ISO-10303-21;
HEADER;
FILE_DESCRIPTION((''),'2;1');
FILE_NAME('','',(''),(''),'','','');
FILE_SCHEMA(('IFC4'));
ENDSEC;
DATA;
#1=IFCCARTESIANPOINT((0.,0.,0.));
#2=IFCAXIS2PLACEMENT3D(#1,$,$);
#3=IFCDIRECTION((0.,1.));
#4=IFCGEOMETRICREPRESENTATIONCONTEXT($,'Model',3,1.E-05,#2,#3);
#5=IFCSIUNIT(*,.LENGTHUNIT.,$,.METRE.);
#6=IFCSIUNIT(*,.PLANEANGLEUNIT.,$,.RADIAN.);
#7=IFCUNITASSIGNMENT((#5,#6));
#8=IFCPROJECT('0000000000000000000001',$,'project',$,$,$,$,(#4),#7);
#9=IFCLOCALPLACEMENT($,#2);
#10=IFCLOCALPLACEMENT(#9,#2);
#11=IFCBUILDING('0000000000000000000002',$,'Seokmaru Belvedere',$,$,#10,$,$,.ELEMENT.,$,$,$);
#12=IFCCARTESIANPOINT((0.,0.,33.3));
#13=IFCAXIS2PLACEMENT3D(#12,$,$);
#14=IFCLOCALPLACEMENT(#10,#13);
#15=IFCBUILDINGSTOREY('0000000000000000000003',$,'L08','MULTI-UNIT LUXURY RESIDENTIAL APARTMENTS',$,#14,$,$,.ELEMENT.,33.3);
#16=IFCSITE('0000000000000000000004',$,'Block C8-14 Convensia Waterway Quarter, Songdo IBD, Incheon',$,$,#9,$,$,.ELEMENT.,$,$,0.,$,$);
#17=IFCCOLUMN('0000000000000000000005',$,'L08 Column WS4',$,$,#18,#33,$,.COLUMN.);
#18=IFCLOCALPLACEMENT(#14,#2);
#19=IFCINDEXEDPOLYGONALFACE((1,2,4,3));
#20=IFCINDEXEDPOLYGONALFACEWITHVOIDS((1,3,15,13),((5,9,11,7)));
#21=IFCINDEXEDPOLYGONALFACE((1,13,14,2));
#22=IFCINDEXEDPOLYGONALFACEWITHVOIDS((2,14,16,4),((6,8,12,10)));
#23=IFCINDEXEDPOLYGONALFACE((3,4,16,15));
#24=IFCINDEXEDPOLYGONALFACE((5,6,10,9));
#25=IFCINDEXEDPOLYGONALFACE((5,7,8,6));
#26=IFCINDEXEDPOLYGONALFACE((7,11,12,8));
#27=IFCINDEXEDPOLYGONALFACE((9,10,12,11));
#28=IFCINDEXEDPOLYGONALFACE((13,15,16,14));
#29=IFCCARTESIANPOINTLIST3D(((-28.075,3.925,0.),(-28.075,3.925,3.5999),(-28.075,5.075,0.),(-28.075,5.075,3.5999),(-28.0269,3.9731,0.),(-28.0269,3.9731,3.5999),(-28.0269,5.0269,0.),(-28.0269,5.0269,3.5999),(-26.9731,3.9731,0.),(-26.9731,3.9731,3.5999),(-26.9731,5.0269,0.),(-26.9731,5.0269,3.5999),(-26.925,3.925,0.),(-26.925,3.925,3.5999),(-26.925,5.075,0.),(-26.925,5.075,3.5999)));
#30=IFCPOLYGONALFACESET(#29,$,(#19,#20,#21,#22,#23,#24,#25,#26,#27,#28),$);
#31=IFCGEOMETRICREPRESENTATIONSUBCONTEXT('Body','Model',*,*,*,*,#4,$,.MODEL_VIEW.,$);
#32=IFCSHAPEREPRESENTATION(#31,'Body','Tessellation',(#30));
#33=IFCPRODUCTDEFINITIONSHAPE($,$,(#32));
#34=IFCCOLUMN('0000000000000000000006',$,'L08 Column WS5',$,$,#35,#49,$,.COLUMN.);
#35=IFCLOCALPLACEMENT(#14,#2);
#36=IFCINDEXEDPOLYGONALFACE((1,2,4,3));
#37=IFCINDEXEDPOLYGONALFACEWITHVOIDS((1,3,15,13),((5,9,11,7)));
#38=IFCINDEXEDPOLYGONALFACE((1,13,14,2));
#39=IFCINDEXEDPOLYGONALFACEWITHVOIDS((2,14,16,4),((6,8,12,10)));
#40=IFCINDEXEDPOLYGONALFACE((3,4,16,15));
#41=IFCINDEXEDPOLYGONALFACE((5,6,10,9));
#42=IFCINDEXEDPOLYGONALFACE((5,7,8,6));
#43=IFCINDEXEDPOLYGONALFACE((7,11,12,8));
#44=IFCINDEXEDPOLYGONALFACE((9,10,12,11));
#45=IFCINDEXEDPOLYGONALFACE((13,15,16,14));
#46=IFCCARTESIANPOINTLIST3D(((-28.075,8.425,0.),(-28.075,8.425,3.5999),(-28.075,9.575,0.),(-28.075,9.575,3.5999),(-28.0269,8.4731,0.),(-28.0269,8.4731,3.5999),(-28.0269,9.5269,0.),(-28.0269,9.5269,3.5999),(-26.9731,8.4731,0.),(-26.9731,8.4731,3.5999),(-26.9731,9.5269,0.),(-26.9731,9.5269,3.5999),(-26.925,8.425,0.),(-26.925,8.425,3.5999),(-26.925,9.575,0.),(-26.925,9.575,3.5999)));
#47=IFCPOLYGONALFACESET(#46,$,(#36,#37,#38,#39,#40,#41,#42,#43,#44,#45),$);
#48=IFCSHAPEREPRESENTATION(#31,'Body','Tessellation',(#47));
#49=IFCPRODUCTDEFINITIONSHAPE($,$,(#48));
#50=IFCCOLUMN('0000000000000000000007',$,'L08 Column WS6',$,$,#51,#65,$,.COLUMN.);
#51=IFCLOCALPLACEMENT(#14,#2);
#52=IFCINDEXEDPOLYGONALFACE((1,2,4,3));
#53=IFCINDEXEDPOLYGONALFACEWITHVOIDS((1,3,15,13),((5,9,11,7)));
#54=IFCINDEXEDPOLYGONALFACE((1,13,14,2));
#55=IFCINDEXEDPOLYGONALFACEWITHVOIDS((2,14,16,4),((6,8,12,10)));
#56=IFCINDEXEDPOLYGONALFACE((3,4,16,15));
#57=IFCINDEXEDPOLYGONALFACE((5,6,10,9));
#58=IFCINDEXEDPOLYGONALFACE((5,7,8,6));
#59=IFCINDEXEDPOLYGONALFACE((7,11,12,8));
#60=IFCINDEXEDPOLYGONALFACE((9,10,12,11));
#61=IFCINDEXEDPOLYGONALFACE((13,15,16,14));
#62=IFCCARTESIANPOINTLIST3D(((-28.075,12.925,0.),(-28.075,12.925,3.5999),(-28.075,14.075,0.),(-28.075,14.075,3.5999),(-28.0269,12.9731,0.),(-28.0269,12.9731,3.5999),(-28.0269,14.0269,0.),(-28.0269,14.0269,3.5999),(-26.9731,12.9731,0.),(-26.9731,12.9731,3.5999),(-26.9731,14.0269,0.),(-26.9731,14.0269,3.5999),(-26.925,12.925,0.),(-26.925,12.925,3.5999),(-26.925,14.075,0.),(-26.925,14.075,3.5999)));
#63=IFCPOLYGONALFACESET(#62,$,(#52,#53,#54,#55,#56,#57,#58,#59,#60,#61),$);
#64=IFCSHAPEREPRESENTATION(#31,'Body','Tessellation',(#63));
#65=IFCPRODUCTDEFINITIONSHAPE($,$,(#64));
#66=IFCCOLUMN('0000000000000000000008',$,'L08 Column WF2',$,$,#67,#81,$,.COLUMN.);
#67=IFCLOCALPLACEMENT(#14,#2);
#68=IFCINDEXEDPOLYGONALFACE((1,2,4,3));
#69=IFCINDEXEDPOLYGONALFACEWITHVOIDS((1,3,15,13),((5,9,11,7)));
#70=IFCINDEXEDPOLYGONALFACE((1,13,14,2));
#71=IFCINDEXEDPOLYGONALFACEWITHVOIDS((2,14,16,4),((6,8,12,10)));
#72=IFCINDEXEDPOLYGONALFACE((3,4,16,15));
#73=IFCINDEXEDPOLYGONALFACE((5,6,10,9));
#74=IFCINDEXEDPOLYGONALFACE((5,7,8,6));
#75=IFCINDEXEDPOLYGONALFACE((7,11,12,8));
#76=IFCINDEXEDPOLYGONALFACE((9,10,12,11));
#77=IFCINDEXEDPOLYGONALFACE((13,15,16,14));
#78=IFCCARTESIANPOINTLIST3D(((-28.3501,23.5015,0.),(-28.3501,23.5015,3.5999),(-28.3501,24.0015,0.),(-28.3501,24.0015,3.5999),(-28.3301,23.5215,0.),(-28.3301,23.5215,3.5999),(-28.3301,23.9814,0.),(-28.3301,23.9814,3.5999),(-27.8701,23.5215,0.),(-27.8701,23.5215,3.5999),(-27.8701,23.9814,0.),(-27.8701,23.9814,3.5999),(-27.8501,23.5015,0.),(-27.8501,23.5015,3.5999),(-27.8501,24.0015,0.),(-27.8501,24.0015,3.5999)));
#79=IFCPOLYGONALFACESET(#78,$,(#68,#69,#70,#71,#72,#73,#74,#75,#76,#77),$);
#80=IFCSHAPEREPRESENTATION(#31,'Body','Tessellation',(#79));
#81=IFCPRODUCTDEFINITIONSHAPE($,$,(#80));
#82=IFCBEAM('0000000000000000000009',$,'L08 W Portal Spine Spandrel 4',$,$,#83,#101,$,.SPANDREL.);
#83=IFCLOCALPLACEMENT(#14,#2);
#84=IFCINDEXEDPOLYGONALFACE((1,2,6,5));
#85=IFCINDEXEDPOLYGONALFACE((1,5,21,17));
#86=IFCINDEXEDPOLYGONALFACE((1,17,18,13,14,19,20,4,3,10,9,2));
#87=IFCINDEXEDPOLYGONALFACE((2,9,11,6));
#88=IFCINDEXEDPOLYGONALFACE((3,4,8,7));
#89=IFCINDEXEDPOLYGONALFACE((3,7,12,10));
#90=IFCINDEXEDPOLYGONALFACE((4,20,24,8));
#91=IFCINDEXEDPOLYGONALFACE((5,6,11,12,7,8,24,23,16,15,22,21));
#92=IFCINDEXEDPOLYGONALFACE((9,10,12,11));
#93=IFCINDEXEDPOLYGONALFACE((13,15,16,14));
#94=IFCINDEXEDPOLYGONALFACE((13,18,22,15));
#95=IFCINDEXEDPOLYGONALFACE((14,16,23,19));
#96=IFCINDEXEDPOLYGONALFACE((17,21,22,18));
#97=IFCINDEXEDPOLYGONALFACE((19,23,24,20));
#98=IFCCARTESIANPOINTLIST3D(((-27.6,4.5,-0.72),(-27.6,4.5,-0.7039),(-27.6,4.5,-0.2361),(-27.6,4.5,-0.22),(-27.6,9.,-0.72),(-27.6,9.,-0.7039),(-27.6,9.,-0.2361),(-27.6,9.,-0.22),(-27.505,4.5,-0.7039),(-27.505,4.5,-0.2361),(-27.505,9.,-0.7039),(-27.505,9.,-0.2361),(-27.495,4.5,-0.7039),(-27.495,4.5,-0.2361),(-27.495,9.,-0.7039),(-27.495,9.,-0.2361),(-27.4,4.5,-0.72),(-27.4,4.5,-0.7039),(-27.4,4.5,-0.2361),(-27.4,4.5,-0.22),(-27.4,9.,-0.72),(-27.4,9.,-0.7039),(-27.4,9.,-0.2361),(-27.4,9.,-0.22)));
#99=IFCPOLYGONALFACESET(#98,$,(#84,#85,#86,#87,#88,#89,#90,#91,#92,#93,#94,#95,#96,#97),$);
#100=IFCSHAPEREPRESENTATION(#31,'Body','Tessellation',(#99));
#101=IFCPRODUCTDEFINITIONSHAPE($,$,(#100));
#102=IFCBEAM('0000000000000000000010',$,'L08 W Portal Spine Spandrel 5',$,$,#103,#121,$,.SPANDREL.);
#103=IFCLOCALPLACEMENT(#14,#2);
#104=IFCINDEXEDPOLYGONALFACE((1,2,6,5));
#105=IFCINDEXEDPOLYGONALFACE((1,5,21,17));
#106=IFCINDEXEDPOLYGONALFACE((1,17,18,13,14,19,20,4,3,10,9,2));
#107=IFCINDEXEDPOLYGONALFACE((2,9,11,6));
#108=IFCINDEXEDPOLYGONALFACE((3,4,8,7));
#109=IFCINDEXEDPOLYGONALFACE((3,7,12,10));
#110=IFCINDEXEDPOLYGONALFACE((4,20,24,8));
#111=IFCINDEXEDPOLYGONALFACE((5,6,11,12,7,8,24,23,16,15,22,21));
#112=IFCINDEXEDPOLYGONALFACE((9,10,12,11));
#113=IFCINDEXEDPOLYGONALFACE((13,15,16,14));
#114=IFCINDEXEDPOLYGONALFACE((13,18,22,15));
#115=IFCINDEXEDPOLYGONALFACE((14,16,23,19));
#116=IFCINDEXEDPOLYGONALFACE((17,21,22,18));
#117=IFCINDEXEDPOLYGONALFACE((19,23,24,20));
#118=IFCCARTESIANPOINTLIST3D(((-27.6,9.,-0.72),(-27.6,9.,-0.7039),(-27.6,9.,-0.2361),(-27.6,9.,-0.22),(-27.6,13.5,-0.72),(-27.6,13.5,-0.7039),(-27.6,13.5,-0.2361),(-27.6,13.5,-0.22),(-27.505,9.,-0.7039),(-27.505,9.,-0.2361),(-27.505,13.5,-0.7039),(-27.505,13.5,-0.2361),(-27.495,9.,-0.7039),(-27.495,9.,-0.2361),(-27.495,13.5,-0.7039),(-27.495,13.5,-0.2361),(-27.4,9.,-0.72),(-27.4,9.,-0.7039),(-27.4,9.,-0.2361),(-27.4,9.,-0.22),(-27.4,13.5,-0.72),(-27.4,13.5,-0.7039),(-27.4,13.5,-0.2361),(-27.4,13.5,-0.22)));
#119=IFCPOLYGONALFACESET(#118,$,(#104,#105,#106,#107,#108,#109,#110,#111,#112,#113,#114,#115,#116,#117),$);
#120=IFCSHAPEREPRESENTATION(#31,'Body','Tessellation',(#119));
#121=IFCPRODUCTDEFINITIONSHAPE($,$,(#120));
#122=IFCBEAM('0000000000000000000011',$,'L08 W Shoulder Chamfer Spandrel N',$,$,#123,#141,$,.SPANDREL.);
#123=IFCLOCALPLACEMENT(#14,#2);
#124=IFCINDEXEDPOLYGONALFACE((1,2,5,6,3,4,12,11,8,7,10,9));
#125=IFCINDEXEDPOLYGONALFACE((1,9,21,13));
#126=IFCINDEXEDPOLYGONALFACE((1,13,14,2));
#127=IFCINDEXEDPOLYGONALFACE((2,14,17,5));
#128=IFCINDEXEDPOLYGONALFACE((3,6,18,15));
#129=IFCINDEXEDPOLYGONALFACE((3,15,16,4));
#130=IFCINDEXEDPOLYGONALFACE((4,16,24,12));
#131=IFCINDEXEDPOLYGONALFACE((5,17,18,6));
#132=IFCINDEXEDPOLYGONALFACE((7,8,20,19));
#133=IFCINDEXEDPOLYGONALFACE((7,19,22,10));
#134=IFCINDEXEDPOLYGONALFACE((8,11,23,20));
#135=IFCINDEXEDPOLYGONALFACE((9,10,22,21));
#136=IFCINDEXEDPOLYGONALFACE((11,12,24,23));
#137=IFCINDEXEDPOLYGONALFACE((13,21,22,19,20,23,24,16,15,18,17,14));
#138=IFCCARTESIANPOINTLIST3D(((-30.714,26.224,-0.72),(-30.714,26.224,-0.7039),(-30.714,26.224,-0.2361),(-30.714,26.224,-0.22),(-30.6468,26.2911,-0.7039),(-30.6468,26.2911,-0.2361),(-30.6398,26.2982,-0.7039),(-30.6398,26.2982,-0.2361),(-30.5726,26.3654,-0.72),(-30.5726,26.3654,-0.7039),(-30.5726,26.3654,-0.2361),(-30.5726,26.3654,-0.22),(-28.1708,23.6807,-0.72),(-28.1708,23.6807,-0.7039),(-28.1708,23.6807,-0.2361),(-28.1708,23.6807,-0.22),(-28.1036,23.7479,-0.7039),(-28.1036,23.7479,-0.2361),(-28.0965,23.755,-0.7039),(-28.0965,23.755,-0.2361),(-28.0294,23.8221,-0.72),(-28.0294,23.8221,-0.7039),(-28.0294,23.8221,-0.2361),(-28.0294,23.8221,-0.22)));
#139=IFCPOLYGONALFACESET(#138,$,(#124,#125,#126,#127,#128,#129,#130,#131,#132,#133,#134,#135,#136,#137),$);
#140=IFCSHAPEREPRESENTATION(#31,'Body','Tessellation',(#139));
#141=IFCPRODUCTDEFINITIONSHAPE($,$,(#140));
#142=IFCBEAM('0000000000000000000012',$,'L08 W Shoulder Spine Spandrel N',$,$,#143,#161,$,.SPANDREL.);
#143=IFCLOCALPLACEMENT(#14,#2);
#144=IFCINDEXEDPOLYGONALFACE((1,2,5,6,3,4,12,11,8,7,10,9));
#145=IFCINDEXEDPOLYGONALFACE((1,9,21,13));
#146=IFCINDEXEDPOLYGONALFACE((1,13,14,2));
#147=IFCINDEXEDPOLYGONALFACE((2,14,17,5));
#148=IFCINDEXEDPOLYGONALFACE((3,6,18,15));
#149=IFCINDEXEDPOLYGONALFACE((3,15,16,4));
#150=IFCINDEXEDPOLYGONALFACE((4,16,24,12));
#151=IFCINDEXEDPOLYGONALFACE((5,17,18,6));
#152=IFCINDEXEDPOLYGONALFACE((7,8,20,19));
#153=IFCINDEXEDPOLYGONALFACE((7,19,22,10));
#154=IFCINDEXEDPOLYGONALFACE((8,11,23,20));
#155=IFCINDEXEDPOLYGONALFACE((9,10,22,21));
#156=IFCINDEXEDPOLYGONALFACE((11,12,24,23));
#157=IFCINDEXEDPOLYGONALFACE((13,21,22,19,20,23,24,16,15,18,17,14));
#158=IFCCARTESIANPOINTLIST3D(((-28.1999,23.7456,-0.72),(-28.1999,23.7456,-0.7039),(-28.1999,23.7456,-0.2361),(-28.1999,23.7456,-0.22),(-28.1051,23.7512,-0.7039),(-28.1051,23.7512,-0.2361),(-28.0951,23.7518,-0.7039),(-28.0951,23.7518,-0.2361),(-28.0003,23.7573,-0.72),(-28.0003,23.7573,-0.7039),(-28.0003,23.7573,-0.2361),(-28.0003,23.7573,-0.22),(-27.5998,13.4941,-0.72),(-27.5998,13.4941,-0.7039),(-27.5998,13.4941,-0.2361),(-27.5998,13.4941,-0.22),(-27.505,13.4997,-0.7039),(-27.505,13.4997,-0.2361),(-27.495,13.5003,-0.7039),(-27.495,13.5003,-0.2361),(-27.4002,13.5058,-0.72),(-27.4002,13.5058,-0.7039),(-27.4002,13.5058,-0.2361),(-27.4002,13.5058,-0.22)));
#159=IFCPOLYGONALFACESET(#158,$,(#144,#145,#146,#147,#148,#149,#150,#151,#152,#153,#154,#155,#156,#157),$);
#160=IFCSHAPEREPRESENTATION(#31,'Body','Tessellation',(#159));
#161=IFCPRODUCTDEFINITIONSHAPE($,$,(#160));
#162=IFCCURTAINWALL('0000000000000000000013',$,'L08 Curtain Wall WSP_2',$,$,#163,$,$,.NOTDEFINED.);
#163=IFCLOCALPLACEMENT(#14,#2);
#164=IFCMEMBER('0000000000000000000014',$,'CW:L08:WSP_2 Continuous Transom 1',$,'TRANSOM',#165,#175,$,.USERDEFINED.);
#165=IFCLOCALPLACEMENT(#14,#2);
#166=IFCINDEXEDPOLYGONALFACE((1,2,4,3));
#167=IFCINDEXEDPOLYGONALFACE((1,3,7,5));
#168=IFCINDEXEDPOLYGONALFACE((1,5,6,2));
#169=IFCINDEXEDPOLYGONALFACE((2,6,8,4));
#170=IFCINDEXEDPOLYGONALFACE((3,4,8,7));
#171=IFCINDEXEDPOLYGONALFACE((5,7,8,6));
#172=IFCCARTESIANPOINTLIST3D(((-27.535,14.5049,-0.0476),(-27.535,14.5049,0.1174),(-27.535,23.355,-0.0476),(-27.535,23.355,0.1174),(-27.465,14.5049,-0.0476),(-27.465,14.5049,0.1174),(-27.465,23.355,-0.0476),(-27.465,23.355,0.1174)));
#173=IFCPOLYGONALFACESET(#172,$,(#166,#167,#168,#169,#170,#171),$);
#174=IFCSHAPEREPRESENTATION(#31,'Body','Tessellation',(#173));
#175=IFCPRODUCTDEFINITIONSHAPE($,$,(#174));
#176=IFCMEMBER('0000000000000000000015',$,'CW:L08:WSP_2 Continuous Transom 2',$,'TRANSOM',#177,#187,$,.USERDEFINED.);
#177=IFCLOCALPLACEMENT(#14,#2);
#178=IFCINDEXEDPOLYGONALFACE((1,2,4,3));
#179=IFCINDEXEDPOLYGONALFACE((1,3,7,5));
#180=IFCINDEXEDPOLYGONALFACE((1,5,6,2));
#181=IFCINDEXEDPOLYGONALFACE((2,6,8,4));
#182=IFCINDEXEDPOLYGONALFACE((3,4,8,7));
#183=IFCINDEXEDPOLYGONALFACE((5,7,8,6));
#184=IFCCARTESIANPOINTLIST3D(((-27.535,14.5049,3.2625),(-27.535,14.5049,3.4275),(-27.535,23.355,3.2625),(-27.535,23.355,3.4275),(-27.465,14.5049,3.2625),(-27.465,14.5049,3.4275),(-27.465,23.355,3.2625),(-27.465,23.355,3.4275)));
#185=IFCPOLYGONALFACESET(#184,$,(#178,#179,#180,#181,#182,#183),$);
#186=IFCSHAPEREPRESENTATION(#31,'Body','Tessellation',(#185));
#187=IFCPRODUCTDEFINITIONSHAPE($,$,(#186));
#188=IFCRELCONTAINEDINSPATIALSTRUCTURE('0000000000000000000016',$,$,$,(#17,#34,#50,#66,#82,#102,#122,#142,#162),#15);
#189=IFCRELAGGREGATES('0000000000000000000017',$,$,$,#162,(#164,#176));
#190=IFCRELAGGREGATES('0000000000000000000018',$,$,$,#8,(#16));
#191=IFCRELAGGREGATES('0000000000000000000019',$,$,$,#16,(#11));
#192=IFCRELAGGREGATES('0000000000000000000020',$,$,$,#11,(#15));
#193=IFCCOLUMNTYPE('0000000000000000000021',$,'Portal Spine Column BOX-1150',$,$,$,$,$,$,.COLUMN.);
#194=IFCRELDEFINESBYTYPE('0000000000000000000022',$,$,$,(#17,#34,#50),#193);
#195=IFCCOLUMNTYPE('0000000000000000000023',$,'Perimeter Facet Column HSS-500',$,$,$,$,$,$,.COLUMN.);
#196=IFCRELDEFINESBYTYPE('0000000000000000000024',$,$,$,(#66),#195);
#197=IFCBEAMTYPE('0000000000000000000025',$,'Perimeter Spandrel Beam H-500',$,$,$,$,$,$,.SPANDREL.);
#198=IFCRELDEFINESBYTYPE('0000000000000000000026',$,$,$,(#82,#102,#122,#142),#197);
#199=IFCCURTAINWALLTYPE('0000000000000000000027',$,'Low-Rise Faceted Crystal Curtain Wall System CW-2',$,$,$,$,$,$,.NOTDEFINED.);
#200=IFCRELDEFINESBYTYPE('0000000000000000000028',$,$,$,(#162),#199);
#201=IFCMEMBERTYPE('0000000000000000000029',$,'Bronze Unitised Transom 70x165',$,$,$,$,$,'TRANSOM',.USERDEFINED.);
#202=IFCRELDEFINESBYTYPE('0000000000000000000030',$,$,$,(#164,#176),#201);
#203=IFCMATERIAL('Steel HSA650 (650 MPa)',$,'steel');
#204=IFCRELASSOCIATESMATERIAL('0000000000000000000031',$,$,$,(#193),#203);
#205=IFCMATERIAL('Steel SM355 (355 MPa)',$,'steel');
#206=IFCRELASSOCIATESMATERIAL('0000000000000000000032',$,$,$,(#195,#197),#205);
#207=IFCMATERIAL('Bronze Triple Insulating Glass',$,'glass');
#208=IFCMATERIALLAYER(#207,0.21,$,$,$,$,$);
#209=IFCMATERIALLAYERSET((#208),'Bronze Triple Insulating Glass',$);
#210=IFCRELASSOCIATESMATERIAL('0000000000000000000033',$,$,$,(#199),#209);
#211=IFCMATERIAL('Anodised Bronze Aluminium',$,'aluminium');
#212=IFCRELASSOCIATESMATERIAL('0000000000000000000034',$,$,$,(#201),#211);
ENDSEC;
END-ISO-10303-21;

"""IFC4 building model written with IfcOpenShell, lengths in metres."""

from ifc_helpers import new_model, si_unit, direction, frame, origin, origin_2d, place, context, subcontext, project, spatial, rectangle, hollow_rectangle, i_section, extrude, source, transform, mapped, material, layer, layer_set, material_profile, profile_set, type_object, type_shapes, element, aggregate, save


model = new_model("IFC4")

# Units and contexts
model_context = context("Model", 3, precision=1e-05, world=origin(), true_north=direction((0.0, 1.0)))
body_context = subcontext(model_context, "Body", "Model", "MODEL_VIEW")
ifc_project = project(units=[si_unit("LENGTHUNIT", "METRE"), si_unit("PLANEANGLEUNIT", "RADIAN")], contexts=[model_context])

# Site, building, storey
site_placement = place(None, origin())
site = spatial("IfcSite", under=ifc_project, at=site_placement, Name="Block C8-14 Convensia Waterway Quarter, Songdo IBD, Incheon", CompositionType="ELEMENT", RefElevation=0.0)
building_placement = place(site_placement, origin())
building = spatial("IfcBuilding", under=site, at=building_placement, Name="Seokmaru Belvedere", CompositionType="ELEMENT")
storey_placement = place(building_placement, frame((0.0, 0.0, 33.3)))
storey = spatial("IfcBuildingStorey", under=building, at=storey_placement, Name="L08", Description="MULTI-UNIT LUXURY RESIDENTIAL APARTMENTS", CompositionType="ELEMENT", Elevation=33.3)

# Columns
ifc_material_1 = material(Name="Steel HSA650 (650 MPa)", Category="steel")
ifc_material_profile_1 = material_profile(ifc_material_1, hollow_rectangle(XDim=1.1499, YDim=1.1499, WallThickness=0.0481, at=origin_2d()), Name="BOX-1150x1150x48")
ifc_profile_set_1 = profile_set([ifc_material_profile_1], Name="Steel HSA650 (650 MPa)")
column_type_1 = type_object("IfcColumnType", Name="Portal Spine Column BOX-1150", PredefinedType="COLUMN", material=ifc_profile_set_1)
shared_shape_1 = source(origin(), body_context, "Body", "SweptSolid", [
    extrude(hollow_rectangle(XDim=1.1499, YDim=1.1499, WallThickness=0.0481, at=origin_2d()), origin(), (0.0, 0.0, 1.0), 3.5999),
])
type_shapes(column_type_1, [shared_shape_1])
for number, where, z_axis, x_axis, name in (
    (1, (-27.5, 4.5, 0.0), (0.0, 0.0, 1.0), (1.0, 0.0, 0.0), "L08 Column WS4"),
    (2, (-27.5, 9.0, 0.0), (0.0, 0.0, 1.0), (1.0, 0.0, 0.0), "L08 Column WS5"),
    (3, (-27.5, 13.5, 0.0), (0.0, 0.0, 1.0), (1.0, 0.0, 0.0), "L08 Column WS6"),
):
    element("IfcColumn", number, at=place(storey_placement, frame(where, z_axis=z_axis, x_axis=x_axis)), inside=storey, type_object=column_type_1, Name=name, PredefinedType="COLUMN", context=body_context, shape_type="MappedRepresentation", body=[
        mapped(shared_shape_1, transform((0.0, 0.0, 0.0), scale=1.0)),
    ])
ifc_material_2 = material(Name="Steel SM355 (355 MPa)", Category="steel")
ifc_material_profile_2 = material_profile(ifc_material_2, hollow_rectangle(XDim=0.5, YDim=0.5, WallThickness=0.02, at=origin_2d()), Name="HSS-500x500x20")
ifc_profile_set_2 = profile_set([ifc_material_profile_2], Name="Steel SM355 (355 MPa)")
column_type_2 = type_object("IfcColumnType", Name="Perimeter Facet Column HSS-500", PredefinedType="COLUMN", material=ifc_profile_set_2)
shared_shape_2 = source(origin(), body_context, "Body", "SweptSolid", [
    extrude(hollow_rectangle(XDim=0.5, YDim=0.5, WallThickness=0.02, at=origin_2d()), origin(), (0.0, 0.0, 1.0), 3.5999),
])
type_shapes(column_type_2, [shared_shape_2])
column_placement = place(storey_placement, frame((-28.1001, 23.7515, 0.0), z_axis=(0.0, 0.0, 1.0), x_axis=(1.0, 0.0, 0.0)))
element("IfcColumn", 4, at=column_placement, inside=storey, type_object=column_type_2, Name="L08 Column WF2", PredefinedType="COLUMN", context=body_context, shape_type="MappedRepresentation", body=[
    mapped(shared_shape_2, transform((0.0, 0.0, 0.0), scale=1.0)),
])

# Beams
ifc_material_profile_3 = material_profile(ifc_material_2, i_section(OverallWidth=0.2, OverallDepth=0.5, WebThickness=0.01, FlangeThickness=0.0161, at=origin_2d()), Name="H-500x200x10x16")
ifc_profile_set_3 = profile_set([ifc_material_profile_3], Name="Steel SM355 (355 MPa)")
beam_type = type_object("IfcBeamType", Name="Perimeter Spandrel Beam H-500", PredefinedType="SPANDREL", material=ifc_profile_set_3)
shared_shape_3 = source(origin(), body_context, "Body", "SweptSolid", [
    extrude(i_section(OverallWidth=0.2, OverallDepth=0.5, WebThickness=0.01, FlangeThickness=0.0161, at=origin_2d()), origin(), (0.0, 0.0, 1.0), 4.5),
])
for number, where, z_axis, x_axis, name in (
    (5, (-27.5, 4.5, -0.47), (0.0, 1.0, 0.0), (-1.0, 0.0, 0.0), "L08 W Portal Spine Spandrel 4"),
    (6, (-27.5, 9.0, -0.47), (0.0, 1.0, 0.0), (-1.0, 0.0, 0.0), "L08 W Portal Spine Spandrel 5"),
):
    element("IfcBeam", number, at=place(storey_placement, frame(where, z_axis=z_axis, x_axis=x_axis)), inside=storey, type_object=beam_type, Name=name, PredefinedType="SPANDREL", context=body_context, shape_type="MappedRepresentation", body=[
        mapped(shared_shape_3, transform((0.0, 0.0, 0.0), scale=1.0)),
    ])
shared_shape_4 = source(origin(), body_context, "Body", "SweptSolid", [
    extrude(i_section(OverallWidth=0.2, OverallDepth=0.5, WebThickness=0.01, FlangeThickness=0.0161, at=origin_2d()), origin(), (0.0, 0.0, 1.0), 3.5967),
])
beam_1_placement = place(storey_placement, frame((-30.6433, 26.2947, -0.47), z_axis=(0.707107, -0.707107, 0.0), x_axis=(0.707107, 0.707107, 0.0)))
element("IfcBeam", 7, at=beam_1_placement, inside=storey, type_object=beam_type, Name="L08 W Shoulder Chamfer Spandrel N", PredefinedType="SPANDREL", context=body_context, shape_type="MappedRepresentation", body=[
    mapped(shared_shape_4, transform((0.0, 0.0, 0.0), scale=1.0)),
])
shared_shape_5 = source(origin(), body_context, "Body", "SweptSolid", [
    extrude(i_section(OverallWidth=0.2, OverallDepth=0.5, WebThickness=0.01, FlangeThickness=0.0161, at=origin_2d()), origin(), (0.0, 0.0, 1.0), 10.269),
])
type_shapes(beam_type, [shared_shape_3, shared_shape_4, shared_shape_5])
beam_2_placement = place(storey_placement, frame((-28.1001, 23.7515, -0.47), z_axis=(0.058438, -0.998291, 0.0), x_axis=(0.998291, 0.058438, 0.0)))
element("IfcBeam", 8, at=beam_2_placement, inside=storey, type_object=beam_type, Name="L08 W Shoulder Spine Spandrel N", PredefinedType="SPANDREL", context=body_context, shape_type="MappedRepresentation", body=[
    mapped(shared_shape_5, transform((0.0, 0.0, 0.0), scale=1.0)),
])

# Curtain wall, members
ifc_material_3 = material(Name="Bronze Triple Insulating Glass", Category="glass")
ifc_layer_1 = layer(ifc_material_3, 0.21)
ifc_layer_set_1 = layer_set([ifc_layer_1], Name="Bronze Triple Insulating Glass")
curtain_wall_type = type_object("IfcCurtainWallType", Name="Low-Rise Faceted Crystal Curtain Wall System CW-2", PredefinedType="NOTDEFINED", material=ifc_layer_set_1)
curtain_wall_1_placement = place(storey_placement, origin())
curtain_wall_1 = element("IfcCurtainWall", 9, at=curtain_wall_1_placement, inside=storey, type_object=curtain_wall_type, Name="L08 Curtain Wall WSP_2", PredefinedType="NOTDEFINED")
ifc_material_4 = material(Name="Anodised Bronze Aluminium", Category="aluminium")
ifc_material_profile_4 = material_profile(ifc_material_4, rectangle(XDim=0.0701, YDim=0.165, at=origin_2d()), Name="CW-T-70x165")
ifc_profile_set_4 = profile_set([ifc_material_profile_4], Name="Anodised Bronze Aluminium")
member_type_1 = type_object("IfcMemberType", Name="Bronze Unitised Transom 70x165", ElementType="TRANSOM", PredefinedType="USERDEFINED", material=ifc_profile_set_4)
shared_shape_6 = source(origin(), body_context, "Body", "SweptSolid", [
    extrude(rectangle(XDim=0.0701, YDim=0.165, at=origin_2d()), origin(), (0.0, 0.0, 1.0), 8.8501),
])
member_1_placement = place(storey_placement, frame((-27.5, 14.5049, 0.0349), z_axis=(0.0, 1.0, 0.0), x_axis=(-1.0, 0.0, 0.0)))
member_1 = element("IfcMember", 10, at=member_1_placement, type_object=member_type_1, Name="CW:L08:WSP_2 Continuous Transom 1", ObjectType="TRANSOM", PredefinedType="USERDEFINED", context=body_context, shape_type="MappedRepresentation", body=[
    mapped(shared_shape_6, transform((0.0, 0.0, 0.0), scale=1.0)),
])
member_2_placement = place(storey_placement, frame((-27.5, 14.5049, 3.345), z_axis=(0.0, 1.0, 0.0), x_axis=(-1.0, 0.0, 0.0)))
member_2 = element("IfcMember", 11, at=member_2_placement, type_object=member_type_1, Name="CW:L08:WSP_2 Continuous Transom 2", ObjectType="TRANSOM", PredefinedType="USERDEFINED", context=body_context, shape_type="MappedRepresentation", body=[
    mapped(shared_shape_6, transform((0.0, 0.0, 0.0), scale=1.0)),
])

aggregate(curtain_wall_1, [member_1, member_2])

save(model, "model.ifc")
